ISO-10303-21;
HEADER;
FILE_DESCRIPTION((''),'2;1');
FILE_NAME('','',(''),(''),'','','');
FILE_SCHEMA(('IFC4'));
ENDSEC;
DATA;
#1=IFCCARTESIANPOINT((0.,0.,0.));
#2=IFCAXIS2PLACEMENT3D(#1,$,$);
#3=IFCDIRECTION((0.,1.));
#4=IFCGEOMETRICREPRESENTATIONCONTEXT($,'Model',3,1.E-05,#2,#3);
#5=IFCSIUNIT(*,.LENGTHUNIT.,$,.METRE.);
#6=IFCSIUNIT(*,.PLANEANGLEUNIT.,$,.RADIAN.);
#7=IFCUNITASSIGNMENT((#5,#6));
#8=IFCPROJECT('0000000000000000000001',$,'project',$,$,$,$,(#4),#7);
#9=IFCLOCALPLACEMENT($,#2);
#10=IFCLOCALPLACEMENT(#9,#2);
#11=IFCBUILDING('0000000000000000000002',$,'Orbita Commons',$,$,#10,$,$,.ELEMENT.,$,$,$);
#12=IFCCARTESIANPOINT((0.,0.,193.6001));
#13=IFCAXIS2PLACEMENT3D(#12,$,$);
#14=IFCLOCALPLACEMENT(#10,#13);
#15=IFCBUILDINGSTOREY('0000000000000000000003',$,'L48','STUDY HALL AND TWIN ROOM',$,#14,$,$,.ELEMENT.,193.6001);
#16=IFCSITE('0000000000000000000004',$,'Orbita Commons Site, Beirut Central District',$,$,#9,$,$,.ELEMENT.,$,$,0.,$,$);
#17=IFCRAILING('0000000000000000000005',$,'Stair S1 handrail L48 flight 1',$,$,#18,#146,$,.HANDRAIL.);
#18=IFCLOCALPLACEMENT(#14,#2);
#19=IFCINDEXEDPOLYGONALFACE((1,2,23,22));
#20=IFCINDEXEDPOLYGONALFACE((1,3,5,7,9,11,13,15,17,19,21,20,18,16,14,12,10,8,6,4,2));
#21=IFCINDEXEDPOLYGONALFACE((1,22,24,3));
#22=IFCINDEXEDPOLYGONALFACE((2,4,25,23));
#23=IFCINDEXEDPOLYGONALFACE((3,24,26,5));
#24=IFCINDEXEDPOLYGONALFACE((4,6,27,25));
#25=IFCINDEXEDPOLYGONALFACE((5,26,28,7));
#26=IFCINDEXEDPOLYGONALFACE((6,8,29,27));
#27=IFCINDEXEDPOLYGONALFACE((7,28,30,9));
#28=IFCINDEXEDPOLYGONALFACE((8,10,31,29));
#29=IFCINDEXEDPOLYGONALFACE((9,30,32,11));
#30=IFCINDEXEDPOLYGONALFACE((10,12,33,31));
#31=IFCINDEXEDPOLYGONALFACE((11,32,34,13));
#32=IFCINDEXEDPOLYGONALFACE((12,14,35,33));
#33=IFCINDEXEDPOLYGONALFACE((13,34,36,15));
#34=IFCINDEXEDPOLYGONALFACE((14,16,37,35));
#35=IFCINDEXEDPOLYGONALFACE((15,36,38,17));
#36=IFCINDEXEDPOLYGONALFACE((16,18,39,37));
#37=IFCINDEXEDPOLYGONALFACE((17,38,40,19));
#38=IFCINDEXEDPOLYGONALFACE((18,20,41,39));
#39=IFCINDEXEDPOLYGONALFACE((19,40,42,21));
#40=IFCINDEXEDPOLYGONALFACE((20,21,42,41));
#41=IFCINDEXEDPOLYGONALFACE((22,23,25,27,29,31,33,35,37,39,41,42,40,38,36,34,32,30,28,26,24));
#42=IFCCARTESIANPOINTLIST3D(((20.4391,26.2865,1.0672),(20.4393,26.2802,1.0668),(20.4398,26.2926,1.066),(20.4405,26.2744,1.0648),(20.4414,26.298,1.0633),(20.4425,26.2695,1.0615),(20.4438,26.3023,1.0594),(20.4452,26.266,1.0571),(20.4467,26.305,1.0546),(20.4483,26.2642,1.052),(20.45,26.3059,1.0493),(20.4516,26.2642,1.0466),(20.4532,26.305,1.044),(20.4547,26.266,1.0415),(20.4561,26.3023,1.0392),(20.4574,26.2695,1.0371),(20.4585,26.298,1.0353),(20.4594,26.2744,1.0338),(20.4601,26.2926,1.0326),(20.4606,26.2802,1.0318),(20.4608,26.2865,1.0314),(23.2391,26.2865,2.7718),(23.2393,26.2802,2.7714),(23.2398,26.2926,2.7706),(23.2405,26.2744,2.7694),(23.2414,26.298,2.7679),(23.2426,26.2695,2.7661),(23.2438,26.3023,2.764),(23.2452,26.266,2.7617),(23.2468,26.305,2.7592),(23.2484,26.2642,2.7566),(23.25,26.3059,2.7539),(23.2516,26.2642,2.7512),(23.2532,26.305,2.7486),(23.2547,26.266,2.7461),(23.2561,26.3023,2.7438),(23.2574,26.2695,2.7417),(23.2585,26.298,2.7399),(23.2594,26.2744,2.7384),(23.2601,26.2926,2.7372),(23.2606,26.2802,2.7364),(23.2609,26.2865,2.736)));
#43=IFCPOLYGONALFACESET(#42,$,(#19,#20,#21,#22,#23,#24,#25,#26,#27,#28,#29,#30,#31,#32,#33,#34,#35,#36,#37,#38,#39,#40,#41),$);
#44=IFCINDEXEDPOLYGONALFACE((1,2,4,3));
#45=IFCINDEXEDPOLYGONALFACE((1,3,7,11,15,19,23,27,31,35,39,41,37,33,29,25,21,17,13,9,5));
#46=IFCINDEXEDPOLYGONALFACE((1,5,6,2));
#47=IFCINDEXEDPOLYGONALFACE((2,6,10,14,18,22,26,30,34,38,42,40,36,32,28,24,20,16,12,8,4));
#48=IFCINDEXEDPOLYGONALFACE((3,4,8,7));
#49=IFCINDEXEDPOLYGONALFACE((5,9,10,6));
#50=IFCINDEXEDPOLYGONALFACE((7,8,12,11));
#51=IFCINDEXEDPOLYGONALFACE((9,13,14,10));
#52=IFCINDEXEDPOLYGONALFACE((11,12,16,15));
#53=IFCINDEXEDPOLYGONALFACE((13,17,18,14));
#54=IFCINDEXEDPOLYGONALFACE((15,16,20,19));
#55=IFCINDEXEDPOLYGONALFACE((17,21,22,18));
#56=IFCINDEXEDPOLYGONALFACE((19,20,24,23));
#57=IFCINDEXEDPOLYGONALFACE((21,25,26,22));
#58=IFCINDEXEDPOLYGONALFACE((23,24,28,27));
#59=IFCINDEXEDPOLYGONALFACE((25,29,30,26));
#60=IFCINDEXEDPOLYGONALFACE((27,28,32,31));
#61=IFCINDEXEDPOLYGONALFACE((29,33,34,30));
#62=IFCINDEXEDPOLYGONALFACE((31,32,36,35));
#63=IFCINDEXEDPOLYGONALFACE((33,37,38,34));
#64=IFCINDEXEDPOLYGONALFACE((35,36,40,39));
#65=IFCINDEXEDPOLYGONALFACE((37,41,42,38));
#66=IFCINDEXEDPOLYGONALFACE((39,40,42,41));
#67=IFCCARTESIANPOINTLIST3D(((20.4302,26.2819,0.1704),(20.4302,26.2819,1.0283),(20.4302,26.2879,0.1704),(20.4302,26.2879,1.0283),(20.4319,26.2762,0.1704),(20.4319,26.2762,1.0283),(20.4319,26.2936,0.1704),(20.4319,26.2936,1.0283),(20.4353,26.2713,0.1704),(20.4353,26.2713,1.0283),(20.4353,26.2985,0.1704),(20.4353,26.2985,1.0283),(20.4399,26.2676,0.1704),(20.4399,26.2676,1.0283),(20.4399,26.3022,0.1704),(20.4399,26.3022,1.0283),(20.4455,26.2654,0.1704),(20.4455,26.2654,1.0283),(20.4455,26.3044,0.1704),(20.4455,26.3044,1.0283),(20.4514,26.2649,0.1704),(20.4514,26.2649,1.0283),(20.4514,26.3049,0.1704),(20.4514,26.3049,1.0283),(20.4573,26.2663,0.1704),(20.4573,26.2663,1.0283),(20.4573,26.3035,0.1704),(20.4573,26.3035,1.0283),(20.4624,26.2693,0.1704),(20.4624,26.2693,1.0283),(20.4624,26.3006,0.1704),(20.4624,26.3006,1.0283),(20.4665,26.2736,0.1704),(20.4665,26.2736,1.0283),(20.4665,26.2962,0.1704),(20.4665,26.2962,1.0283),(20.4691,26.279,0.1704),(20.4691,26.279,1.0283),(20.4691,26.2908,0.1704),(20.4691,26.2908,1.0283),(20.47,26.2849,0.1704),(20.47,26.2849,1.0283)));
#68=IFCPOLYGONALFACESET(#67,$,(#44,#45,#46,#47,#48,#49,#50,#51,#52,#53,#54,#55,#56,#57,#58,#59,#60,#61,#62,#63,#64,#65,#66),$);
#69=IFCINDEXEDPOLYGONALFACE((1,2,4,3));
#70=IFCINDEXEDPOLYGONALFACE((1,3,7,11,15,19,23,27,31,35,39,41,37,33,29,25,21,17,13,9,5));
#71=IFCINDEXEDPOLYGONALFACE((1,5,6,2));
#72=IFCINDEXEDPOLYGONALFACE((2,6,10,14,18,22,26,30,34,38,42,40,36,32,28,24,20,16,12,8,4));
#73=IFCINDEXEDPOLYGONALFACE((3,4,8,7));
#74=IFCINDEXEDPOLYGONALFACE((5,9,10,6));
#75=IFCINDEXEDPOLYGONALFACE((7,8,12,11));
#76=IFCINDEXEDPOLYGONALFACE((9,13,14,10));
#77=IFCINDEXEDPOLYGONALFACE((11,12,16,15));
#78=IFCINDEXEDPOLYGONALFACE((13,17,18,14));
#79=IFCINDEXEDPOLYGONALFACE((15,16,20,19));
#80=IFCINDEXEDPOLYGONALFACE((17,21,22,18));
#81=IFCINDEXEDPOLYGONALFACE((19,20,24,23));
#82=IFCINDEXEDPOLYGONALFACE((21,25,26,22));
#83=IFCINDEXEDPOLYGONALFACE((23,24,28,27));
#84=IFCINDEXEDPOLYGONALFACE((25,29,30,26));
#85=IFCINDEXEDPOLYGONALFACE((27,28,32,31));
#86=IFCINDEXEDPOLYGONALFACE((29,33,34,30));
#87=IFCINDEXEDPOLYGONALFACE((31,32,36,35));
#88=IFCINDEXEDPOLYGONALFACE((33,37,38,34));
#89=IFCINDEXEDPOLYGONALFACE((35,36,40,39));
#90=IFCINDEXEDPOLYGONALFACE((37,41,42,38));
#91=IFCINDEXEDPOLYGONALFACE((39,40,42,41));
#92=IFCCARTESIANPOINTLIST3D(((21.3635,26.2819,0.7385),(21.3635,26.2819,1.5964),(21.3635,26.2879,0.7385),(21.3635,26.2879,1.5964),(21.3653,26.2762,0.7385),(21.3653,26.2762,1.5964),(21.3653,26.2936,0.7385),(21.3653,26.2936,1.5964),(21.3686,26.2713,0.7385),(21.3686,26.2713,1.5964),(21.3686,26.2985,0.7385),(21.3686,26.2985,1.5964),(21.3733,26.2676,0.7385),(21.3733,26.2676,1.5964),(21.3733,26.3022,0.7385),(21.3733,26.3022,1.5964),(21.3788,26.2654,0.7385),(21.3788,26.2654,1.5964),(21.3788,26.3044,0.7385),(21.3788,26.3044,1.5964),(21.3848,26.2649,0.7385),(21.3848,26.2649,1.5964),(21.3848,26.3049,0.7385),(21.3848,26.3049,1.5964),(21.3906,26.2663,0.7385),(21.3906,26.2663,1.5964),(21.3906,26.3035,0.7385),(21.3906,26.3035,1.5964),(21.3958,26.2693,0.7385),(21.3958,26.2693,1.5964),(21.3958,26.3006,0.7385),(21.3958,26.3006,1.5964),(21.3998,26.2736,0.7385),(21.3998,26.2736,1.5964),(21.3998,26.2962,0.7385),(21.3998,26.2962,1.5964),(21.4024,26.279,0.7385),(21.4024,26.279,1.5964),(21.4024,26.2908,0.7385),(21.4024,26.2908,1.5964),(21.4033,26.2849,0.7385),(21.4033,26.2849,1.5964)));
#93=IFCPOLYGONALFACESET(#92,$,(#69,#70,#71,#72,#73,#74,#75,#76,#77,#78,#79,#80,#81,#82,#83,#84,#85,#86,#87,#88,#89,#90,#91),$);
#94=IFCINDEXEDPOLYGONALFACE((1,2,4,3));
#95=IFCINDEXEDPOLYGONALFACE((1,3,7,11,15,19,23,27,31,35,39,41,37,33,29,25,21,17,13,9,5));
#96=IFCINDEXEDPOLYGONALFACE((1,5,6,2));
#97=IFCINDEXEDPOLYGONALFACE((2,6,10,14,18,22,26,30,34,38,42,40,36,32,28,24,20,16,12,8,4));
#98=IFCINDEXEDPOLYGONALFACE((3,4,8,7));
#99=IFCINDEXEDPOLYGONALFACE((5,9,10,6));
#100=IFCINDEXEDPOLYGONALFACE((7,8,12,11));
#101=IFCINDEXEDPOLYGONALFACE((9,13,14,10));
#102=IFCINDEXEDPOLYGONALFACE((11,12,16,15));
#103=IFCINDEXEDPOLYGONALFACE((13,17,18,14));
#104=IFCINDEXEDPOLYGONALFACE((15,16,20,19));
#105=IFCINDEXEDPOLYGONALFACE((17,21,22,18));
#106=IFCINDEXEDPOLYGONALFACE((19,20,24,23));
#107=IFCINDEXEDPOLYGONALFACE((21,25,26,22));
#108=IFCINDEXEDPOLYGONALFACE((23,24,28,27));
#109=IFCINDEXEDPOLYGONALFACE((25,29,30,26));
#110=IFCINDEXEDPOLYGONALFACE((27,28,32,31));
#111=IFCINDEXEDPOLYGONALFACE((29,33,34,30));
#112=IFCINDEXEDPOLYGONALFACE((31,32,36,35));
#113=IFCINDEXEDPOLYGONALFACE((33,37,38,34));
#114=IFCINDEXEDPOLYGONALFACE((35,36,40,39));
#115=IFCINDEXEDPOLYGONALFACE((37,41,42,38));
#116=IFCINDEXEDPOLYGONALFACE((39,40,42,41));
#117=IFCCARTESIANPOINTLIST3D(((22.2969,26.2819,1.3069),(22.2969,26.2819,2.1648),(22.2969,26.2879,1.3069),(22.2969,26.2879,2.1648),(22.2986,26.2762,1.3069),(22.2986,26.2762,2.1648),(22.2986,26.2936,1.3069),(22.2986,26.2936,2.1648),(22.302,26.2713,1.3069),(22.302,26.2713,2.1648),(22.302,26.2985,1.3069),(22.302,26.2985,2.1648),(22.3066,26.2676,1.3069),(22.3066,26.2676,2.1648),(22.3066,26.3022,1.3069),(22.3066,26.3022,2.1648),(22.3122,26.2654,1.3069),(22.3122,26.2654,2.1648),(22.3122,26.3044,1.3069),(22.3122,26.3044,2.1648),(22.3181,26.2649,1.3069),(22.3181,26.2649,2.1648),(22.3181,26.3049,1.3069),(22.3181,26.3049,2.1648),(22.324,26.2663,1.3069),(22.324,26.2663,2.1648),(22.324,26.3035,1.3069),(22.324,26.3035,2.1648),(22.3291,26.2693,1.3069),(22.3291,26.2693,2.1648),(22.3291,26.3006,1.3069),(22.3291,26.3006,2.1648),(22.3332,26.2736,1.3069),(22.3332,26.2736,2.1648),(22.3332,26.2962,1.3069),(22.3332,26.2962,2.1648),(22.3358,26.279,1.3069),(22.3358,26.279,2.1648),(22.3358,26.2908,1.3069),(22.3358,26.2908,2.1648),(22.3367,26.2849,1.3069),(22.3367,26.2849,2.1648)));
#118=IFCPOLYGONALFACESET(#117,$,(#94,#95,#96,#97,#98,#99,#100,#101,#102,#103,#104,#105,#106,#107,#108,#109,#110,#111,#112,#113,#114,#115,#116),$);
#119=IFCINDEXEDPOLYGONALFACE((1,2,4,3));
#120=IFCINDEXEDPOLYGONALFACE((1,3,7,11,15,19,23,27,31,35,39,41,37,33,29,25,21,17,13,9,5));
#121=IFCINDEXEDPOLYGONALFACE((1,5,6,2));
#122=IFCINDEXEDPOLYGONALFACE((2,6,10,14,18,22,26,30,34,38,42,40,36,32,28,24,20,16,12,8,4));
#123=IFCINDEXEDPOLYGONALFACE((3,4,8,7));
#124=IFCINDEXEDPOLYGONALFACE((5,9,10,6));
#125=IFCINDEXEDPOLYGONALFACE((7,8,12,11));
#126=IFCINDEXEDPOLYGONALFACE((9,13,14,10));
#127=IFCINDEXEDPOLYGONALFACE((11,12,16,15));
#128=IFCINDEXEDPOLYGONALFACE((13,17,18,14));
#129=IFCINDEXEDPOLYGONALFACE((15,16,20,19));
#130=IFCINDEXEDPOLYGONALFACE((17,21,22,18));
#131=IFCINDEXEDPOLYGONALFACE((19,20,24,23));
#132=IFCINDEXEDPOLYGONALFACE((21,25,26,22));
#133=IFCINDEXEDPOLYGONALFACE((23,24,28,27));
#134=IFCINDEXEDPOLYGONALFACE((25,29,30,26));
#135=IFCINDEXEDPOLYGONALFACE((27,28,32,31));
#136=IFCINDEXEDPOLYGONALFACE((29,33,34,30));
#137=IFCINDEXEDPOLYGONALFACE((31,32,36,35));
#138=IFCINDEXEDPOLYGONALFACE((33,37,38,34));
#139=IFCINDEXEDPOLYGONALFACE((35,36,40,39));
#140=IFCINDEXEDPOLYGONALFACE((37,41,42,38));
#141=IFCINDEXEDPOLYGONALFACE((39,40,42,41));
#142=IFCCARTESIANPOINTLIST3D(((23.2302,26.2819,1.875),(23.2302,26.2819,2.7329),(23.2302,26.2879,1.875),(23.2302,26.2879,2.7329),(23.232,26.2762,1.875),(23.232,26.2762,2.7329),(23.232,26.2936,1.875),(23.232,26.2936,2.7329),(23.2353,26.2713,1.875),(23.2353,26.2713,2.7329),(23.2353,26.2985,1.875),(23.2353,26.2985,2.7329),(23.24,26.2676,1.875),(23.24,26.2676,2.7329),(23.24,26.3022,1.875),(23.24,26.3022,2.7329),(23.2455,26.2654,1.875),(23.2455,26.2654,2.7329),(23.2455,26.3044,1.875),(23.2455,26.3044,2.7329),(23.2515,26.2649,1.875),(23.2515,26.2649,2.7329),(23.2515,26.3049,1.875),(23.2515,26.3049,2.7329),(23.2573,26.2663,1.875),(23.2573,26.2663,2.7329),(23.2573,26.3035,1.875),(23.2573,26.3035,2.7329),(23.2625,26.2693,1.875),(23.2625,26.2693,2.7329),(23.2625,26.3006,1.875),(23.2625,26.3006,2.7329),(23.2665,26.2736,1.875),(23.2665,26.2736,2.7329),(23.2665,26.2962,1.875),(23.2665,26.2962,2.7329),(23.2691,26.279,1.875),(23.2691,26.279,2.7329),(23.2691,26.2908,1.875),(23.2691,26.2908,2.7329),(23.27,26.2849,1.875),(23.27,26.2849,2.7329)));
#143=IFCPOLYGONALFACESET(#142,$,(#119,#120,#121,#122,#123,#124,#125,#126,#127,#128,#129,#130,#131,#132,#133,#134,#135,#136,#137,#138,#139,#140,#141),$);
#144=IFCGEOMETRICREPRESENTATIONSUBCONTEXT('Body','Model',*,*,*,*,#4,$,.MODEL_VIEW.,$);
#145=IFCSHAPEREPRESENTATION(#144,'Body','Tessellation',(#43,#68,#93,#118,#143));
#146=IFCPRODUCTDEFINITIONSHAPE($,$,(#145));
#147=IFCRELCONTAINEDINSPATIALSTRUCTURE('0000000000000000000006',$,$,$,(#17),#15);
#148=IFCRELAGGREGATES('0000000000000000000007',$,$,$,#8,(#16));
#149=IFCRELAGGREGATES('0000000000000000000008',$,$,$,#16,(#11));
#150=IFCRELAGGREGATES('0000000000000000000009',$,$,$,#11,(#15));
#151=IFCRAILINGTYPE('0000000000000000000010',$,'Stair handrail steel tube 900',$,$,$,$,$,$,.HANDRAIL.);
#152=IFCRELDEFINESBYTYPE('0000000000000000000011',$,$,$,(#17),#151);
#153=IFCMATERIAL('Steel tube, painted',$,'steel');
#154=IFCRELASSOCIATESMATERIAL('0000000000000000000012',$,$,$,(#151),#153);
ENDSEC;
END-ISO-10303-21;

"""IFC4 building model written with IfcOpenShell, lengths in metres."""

from ifc_helpers import new_model, si_unit, direction, frame, origin, origin_2d, place, context, subcontext, project, spatial, circle, extrude, material, type_object, element, save


model = new_model("IFC4")

# Units and contexts
model_context = context("Model", 3, precision=1e-05, world=origin(), true_north=direction((0.0, 1.0)))
body_context = subcontext(model_context, "Body", "Model", "MODEL_VIEW")
ifc_project = project(units=[si_unit("LENGTHUNIT", "METRE"), si_unit("PLANEANGLEUNIT", "RADIAN")], contexts=[model_context])

# Site, building, storey
site_placement = place(None, origin())
site = spatial("IfcSite", under=ifc_project, at=site_placement, Name="Orbita Commons Site, Beirut Central District", CompositionType="ELEMENT", RefElevation=0.0)
building_placement = place(site_placement, origin())
building = spatial("IfcBuilding", under=site, at=building_placement, Name="Orbita Commons", CompositionType="ELEMENT")
storey_placement = place(building_placement, frame((0.0, 0.0, 193.6001)))
storey = spatial("IfcBuildingStorey", under=building, at=storey_placement, Name="L48", Description="STUDY HALL AND TWIN ROOM", CompositionType="ELEMENT", Elevation=193.6001)

# Railing
ifc_material_1 = material(Name="Steel tube, painted", Category="steel")
railing_type = type_object("IfcRailingType", Name="Stair handrail steel tube 900", PredefinedType="HANDRAIL", material=ifc_material_1)
for number, where, name in (
    (1, (20.45, 26.2849, 0.1704), "Stair S1 handrail L48 flight 1"),
):
    element("IfcRailing", number, at=place(storey_placement, frame(where)), inside=storey, type_object=railing_type, Name=name, PredefinedType="HANDRAIL", context=body_context, shape_type="SweptSolid", body=[
        extrude(circle(Radius=0.021, at=origin_2d()), frame((0.0, 0.0, 0.8789), z_axis=(0.85417, 0.0, 0.519994), x_axis=(0.0, 1.0, 0.0)), (0.0, 0.0, 1.0), 3.2781),
        extrude(circle(Radius=0.02, at=origin_2d()), origin(), (0.0, 0.0, 1.0), 0.8579),
        extrude(circle(Radius=0.02, at=origin_2d()), frame((0.9333, 0.0, 0.5681)), (0.0, 0.0, 1.0), 0.8579),
        extrude(circle(Radius=0.02, at=origin_2d()), frame((1.8667, 0.0, 1.1365)), (0.0, 0.0, 1.0), 0.8579),
        extrude(circle(Radius=0.02, at=origin_2d()), frame((2.8, 0.0, 1.7046)), (0.0, 0.0, 1.0), 0.8579),
    ])

save(model, "model.ifc")
